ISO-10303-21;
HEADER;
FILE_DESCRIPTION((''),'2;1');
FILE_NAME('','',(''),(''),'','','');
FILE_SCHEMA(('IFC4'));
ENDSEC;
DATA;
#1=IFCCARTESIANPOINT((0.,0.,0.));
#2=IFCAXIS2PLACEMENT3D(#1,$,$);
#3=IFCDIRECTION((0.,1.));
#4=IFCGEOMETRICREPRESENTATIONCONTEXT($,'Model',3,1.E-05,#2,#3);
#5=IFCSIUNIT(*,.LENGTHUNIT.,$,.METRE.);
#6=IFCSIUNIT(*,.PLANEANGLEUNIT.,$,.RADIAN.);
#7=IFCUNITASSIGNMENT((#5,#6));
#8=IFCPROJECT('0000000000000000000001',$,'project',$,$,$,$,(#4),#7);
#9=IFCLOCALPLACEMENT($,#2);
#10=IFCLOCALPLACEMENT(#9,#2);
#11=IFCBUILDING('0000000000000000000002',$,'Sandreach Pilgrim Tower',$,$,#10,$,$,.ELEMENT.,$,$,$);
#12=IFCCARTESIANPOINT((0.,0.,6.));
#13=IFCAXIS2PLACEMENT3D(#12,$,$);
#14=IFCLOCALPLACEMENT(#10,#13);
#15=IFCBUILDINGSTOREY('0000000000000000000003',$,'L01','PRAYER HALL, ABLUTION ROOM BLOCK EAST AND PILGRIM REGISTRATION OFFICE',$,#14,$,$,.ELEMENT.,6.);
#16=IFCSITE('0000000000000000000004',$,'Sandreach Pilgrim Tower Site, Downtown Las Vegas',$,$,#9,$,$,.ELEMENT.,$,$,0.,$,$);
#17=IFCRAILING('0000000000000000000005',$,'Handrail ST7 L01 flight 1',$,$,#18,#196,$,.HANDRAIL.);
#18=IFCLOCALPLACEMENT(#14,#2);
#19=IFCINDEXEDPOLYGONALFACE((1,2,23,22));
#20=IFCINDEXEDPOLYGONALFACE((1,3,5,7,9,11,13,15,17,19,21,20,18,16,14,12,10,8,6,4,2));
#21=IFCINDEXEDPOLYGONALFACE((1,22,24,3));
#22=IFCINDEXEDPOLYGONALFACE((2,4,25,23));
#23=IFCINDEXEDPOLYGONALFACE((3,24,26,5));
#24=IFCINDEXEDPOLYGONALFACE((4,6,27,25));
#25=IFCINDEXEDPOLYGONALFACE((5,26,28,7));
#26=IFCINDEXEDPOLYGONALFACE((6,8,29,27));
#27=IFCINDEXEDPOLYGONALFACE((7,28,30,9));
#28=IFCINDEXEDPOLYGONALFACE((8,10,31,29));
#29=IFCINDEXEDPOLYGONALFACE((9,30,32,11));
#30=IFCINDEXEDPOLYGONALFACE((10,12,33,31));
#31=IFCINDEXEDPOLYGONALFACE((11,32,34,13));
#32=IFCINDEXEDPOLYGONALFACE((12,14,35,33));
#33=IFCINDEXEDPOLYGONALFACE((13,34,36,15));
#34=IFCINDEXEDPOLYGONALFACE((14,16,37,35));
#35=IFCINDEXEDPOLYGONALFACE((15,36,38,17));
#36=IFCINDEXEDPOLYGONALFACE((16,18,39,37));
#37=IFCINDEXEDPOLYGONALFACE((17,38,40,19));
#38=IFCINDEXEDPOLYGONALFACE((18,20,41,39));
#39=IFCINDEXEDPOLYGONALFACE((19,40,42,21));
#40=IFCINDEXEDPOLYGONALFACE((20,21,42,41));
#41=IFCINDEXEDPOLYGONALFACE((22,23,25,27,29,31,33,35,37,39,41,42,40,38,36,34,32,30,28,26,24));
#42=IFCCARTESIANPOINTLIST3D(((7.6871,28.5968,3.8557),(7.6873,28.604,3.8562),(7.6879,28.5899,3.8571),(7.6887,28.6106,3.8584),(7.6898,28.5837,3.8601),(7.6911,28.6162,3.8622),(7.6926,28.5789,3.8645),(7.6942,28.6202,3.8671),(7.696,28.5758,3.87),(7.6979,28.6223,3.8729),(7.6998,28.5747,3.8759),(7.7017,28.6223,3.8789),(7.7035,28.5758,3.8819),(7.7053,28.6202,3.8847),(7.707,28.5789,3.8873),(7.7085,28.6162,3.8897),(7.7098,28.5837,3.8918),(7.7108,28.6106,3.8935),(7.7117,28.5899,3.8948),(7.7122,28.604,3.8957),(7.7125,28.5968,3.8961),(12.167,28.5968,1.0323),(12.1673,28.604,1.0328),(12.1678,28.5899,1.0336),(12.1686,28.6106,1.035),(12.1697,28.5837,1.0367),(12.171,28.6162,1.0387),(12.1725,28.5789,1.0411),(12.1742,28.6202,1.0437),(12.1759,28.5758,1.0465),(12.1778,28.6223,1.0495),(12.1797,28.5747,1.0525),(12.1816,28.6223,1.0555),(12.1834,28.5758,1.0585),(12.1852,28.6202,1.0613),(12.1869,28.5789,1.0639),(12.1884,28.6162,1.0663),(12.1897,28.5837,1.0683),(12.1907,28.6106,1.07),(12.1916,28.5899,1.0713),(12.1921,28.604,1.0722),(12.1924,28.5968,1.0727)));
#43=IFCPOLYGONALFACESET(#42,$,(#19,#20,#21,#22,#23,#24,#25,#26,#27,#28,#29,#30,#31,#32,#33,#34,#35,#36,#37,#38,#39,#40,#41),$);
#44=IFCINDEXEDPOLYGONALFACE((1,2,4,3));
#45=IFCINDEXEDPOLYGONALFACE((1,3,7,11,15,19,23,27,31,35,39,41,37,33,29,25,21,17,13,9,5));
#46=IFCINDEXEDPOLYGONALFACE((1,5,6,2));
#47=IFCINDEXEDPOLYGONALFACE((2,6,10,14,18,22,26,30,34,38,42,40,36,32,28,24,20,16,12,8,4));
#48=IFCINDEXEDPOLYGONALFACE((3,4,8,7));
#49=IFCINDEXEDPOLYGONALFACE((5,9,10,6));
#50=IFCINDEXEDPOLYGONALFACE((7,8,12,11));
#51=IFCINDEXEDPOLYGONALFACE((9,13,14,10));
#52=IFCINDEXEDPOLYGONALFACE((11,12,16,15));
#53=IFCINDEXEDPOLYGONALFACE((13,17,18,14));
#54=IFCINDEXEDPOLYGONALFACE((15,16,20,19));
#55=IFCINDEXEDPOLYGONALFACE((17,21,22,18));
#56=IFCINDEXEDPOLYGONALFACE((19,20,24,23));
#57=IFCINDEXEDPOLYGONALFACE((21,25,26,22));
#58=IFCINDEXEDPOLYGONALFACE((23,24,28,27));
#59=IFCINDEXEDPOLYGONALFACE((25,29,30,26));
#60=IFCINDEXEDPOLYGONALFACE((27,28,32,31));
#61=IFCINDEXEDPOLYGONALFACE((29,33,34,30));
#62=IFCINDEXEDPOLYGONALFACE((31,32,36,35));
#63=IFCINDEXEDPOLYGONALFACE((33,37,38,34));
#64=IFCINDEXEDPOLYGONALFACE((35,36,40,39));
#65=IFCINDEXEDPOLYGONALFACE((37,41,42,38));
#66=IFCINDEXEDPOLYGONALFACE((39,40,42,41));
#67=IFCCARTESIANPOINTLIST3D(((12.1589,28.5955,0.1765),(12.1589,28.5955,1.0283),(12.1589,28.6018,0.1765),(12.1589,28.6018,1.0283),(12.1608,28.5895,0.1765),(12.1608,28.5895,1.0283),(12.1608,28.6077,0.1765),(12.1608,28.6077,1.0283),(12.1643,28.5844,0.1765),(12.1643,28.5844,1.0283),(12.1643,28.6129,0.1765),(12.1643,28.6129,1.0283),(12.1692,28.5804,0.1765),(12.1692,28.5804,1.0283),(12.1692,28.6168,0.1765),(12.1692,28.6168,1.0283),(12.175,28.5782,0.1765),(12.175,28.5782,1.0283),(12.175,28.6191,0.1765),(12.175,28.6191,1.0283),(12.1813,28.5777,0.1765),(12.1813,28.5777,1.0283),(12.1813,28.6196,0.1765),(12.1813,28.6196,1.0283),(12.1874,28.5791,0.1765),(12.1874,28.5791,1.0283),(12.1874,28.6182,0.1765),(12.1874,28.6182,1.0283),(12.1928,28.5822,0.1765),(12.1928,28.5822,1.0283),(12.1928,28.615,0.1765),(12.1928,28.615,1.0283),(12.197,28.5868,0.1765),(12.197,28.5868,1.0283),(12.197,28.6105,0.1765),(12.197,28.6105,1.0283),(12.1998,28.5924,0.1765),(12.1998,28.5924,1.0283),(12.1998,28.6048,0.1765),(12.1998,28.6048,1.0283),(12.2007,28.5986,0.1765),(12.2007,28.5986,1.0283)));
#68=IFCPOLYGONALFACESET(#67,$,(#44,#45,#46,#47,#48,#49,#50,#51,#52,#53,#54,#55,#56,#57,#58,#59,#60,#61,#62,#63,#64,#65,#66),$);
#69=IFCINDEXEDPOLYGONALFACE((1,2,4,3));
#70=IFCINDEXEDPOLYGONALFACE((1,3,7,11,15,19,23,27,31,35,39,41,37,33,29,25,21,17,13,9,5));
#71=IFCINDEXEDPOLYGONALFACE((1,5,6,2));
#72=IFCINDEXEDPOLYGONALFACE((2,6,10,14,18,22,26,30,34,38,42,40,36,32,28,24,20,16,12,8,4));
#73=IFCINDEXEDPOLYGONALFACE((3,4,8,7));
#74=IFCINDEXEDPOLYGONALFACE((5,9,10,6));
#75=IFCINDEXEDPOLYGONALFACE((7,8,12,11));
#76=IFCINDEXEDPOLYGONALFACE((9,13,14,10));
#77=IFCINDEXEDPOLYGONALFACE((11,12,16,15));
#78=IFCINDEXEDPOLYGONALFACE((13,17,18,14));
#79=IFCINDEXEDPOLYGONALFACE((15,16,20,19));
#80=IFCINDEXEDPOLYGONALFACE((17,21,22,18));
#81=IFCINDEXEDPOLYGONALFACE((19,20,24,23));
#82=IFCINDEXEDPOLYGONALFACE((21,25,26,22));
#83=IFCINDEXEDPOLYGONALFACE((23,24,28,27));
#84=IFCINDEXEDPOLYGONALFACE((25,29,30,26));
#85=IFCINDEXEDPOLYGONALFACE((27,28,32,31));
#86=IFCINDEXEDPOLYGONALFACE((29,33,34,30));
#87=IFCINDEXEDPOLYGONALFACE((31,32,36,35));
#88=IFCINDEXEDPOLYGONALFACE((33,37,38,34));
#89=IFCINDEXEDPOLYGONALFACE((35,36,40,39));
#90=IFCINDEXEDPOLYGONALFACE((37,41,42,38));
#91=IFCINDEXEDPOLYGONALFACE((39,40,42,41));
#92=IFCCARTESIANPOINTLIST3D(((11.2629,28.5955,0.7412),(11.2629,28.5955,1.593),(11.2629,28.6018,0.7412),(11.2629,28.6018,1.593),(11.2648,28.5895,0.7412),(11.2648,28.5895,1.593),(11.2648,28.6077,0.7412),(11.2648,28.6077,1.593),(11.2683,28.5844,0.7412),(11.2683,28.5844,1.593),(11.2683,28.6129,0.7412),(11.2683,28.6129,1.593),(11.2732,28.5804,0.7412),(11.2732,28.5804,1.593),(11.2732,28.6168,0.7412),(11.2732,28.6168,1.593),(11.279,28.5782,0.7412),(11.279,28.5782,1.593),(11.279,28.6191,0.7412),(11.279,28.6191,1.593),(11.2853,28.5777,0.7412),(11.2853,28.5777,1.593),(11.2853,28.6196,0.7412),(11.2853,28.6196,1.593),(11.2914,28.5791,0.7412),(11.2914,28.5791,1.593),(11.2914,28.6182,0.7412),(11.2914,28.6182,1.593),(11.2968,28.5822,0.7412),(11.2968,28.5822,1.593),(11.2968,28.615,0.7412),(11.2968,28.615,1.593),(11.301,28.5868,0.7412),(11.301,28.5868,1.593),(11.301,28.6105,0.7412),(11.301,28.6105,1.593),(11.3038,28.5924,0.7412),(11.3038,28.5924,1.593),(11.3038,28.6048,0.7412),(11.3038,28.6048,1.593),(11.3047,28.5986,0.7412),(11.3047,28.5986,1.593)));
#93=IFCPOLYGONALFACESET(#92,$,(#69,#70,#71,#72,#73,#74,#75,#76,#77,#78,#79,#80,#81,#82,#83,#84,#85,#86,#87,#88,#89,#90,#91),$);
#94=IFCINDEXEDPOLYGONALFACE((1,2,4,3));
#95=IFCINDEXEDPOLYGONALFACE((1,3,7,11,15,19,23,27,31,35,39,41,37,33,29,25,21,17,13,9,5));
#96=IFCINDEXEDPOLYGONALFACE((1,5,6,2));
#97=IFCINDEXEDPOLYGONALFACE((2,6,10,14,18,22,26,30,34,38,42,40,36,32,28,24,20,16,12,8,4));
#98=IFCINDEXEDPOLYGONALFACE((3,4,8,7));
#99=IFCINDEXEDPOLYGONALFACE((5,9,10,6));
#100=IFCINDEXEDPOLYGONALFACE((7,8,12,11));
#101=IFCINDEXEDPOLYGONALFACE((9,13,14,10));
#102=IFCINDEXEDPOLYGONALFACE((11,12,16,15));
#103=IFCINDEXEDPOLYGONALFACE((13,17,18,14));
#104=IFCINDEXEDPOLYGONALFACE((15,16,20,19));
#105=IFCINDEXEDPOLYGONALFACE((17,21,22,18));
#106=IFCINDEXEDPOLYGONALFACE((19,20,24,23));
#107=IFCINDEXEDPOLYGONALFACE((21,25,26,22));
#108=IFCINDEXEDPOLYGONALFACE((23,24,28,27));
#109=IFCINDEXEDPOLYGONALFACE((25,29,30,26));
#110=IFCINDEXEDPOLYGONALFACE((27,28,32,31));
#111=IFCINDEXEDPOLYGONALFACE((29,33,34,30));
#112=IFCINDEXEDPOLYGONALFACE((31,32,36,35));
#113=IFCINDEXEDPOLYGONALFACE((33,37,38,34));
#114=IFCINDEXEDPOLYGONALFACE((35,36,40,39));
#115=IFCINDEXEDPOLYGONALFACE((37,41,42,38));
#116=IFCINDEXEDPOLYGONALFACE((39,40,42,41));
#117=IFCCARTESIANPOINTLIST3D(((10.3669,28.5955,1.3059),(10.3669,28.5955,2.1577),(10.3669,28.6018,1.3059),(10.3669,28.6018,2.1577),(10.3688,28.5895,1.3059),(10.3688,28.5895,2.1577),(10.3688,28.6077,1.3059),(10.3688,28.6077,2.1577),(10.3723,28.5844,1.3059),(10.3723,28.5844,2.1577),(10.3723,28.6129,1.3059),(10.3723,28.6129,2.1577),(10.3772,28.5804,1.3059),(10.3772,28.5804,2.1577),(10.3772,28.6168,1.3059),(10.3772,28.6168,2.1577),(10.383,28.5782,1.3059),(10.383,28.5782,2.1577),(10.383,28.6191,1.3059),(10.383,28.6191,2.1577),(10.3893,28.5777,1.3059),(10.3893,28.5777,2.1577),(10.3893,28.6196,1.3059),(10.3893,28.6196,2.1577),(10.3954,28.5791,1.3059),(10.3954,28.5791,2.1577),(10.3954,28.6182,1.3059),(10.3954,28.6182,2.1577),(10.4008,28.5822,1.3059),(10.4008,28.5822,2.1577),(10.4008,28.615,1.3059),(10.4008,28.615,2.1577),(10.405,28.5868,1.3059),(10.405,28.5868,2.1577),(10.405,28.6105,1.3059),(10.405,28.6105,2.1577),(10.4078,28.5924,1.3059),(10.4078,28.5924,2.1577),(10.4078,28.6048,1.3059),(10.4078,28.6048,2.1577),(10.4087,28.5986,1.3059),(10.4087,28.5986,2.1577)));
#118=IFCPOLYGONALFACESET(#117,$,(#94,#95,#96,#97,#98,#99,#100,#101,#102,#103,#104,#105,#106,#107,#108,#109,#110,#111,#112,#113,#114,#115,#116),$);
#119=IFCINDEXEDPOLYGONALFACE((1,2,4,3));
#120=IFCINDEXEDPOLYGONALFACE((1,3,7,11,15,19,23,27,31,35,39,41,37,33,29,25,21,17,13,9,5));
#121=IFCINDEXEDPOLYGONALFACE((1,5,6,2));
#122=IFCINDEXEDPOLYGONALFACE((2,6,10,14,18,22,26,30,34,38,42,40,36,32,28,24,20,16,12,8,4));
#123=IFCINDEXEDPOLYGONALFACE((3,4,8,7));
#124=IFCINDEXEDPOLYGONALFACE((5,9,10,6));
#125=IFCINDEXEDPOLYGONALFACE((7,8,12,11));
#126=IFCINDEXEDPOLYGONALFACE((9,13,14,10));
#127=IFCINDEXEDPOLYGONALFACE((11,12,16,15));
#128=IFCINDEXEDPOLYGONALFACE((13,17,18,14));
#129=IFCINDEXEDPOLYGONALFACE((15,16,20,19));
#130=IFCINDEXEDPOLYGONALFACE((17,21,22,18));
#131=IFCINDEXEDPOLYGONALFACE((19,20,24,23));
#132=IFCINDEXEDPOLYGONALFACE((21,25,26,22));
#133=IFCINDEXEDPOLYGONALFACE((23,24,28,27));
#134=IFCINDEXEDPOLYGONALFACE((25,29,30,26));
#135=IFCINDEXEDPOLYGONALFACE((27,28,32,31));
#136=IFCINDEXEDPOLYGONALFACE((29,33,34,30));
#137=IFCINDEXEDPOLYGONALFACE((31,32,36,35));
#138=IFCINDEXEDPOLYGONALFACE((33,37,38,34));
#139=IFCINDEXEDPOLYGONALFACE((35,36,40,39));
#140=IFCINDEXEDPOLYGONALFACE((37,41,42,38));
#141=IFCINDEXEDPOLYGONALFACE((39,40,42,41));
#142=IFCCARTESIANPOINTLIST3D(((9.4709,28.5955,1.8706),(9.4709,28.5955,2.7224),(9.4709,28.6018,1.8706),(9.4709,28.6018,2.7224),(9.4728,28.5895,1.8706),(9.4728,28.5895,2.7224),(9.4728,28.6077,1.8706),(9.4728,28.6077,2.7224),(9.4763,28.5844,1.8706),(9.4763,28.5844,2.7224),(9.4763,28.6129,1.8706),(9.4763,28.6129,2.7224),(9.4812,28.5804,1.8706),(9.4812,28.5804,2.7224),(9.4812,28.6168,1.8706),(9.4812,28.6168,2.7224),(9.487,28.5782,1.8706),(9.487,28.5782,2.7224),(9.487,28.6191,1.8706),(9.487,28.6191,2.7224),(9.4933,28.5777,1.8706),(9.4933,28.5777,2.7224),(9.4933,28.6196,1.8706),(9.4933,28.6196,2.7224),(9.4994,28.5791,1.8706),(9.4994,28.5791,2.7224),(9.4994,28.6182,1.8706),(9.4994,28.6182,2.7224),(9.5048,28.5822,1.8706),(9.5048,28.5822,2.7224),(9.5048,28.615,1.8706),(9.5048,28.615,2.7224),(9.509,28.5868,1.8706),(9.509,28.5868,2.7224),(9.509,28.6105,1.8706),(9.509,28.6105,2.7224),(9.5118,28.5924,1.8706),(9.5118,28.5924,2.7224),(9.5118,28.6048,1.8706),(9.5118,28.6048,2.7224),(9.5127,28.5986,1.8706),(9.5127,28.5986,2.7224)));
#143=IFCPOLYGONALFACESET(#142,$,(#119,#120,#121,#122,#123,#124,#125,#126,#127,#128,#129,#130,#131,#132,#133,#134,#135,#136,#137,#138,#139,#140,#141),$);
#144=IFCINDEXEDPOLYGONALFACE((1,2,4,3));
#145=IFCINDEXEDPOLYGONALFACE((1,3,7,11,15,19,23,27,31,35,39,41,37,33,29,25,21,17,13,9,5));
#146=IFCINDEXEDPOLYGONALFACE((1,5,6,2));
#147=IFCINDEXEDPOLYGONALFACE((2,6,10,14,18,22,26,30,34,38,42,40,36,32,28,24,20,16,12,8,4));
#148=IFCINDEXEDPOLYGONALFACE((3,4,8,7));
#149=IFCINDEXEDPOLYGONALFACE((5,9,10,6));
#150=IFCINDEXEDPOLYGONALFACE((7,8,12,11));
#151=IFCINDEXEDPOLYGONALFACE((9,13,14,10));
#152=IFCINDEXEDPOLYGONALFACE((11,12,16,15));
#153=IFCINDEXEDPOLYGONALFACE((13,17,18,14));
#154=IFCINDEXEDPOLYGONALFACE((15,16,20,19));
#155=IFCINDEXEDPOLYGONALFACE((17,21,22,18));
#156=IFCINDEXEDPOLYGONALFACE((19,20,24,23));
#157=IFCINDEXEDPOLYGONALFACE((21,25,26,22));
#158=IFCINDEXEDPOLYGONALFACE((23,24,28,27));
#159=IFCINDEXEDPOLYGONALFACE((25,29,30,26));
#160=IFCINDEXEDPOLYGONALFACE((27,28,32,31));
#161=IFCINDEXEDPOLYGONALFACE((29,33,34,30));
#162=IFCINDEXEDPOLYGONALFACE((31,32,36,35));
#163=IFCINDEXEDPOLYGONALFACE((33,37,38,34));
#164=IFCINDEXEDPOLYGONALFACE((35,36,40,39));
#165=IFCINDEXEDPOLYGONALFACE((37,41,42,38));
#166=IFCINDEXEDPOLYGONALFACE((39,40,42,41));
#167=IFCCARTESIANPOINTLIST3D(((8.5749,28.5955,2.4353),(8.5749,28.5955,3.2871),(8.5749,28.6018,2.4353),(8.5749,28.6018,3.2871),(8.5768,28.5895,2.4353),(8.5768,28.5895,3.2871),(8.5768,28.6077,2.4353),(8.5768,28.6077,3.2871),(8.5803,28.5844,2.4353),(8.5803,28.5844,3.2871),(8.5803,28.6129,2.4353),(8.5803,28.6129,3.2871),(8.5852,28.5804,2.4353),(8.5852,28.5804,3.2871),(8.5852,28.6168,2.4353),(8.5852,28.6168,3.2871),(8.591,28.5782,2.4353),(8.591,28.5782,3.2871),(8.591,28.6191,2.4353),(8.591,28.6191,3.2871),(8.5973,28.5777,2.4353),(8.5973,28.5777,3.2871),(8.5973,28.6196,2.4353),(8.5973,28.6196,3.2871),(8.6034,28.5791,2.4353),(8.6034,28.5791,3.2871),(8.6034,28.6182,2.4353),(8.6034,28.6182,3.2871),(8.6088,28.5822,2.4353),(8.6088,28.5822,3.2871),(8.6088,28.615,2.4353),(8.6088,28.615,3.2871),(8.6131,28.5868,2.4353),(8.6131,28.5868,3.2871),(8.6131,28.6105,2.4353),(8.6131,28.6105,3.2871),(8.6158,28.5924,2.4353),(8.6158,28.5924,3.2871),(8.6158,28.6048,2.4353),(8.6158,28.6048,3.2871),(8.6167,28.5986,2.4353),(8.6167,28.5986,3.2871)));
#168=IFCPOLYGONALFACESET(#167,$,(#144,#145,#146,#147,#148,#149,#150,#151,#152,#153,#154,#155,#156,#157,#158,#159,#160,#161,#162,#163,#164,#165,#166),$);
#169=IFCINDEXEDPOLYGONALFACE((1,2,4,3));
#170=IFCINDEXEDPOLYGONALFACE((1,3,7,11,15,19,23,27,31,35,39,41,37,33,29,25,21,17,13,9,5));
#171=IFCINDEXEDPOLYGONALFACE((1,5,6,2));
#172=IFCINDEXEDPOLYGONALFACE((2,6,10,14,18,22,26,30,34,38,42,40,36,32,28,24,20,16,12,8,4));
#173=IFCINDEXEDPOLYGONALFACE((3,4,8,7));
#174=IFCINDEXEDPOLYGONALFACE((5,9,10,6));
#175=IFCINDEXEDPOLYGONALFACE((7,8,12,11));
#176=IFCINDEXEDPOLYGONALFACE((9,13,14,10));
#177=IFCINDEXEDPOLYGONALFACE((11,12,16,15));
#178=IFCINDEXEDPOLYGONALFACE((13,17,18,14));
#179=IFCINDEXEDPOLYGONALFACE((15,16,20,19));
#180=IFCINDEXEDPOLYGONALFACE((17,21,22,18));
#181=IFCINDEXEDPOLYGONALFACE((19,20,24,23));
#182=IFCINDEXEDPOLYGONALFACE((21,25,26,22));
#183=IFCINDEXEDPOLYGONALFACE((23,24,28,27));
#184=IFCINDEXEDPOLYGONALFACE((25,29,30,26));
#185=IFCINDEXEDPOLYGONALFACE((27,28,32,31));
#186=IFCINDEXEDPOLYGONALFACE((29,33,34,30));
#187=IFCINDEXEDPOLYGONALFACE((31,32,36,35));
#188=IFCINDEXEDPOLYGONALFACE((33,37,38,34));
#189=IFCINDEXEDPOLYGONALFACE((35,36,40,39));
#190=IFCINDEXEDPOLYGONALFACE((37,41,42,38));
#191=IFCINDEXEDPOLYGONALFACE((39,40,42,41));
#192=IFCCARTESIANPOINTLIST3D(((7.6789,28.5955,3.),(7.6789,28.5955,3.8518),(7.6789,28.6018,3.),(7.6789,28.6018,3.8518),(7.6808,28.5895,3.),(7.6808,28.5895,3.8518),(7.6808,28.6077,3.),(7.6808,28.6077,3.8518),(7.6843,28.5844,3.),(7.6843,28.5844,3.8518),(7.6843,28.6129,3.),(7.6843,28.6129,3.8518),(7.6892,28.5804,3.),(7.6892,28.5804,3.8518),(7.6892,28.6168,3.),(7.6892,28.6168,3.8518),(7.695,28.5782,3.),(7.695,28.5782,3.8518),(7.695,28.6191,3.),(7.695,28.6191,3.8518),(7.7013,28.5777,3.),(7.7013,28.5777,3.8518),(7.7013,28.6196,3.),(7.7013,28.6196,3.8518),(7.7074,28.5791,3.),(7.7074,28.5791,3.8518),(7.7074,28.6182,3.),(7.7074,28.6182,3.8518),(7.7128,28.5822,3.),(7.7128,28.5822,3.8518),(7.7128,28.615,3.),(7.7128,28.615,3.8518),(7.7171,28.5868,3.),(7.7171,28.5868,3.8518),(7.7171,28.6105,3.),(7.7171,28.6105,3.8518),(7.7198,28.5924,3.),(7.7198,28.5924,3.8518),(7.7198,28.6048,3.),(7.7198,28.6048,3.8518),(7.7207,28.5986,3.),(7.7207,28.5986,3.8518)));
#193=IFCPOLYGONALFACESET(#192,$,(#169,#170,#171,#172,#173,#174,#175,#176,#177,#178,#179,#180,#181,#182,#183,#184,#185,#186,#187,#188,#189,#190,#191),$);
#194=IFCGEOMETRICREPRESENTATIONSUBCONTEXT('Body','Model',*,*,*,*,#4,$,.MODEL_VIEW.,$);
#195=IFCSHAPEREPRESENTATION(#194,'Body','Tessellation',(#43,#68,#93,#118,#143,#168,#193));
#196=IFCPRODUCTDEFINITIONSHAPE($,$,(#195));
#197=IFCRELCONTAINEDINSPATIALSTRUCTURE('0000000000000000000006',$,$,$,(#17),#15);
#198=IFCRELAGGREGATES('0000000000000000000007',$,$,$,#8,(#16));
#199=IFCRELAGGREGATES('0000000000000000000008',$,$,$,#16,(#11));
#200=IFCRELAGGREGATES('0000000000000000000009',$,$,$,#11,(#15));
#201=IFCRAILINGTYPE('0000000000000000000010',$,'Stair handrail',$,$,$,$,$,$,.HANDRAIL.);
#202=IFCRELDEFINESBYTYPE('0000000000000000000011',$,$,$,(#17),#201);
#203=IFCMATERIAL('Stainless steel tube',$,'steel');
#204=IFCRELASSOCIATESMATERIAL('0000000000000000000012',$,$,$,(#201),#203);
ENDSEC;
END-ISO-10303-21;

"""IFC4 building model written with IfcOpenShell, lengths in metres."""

from ifc_helpers import new_model, si_unit, direction, frame, origin, origin_2d, place, context, subcontext, project, spatial, circle, extrude, material, type_object, element, save


model = new_model("IFC4")

# Units and contexts
model_context = context("Model", 3, precision=1e-05, world=origin(), true_north=direction((0.0, 1.0)))
body_context = subcontext(model_context, "Body", "Model", "MODEL_VIEW")
ifc_project = project(units=[si_unit("LENGTHUNIT", "METRE"), si_unit("PLANEANGLEUNIT", "RADIAN")], contexts=[model_context])

# Site, building, storey
site_placement = place(None, origin())
site = spatial("IfcSite", under=ifc_project, at=site_placement, Name="Sandreach Pilgrim Tower Site, Downtown Las Vegas", CompositionType="ELEMENT", RefElevation=0.0)
building_placement = place(site_placement, origin())
building = spatial("IfcBuilding", under=site, at=building_placement, Name="Sandreach Pilgrim Tower", CompositionType="ELEMENT")
storey_placement = place(building_placement, frame((0.0, 0.0, 6.0)))
storey = spatial("IfcBuildingStorey", under=building, at=storey_placement, Name="L01", Description="PRAYER HALL, ABLUTION ROOM BLOCK EAST AND PILGRIM REGISTRATION OFFICE", CompositionType="ELEMENT", Elevation=6.0)

# Railing
ifc_material_1 = material(Name="Stainless steel tube", Category="steel")
railing_type = type_object("IfcRailingType", Name="Stair handrail", PredefinedType="HANDRAIL", material=ifc_material_1)
for number, where, name in (
    (1, (12.1797, 28.5986, 0.1765), "Handrail ST7 L01 flight 1"),
):
    element("IfcRailing", number, at=place(storey_placement, frame(where)), inside=storey, type_object=railing_type, Name=name, PredefinedType="HANDRAIL", context=body_context, shape_type="SweptSolid", body=[
        extrude(circle(Radius=0.0239, at=origin_2d()), frame((0.0, 0.0, 0.876), z_axis=(-0.845998, 0.0, 0.533186), x_axis=(0.0, -1.0, 0.0)), (0.0, 0.0, 1.0), 5.2954),
        extrude(circle(Radius=0.021, at=origin_2d()), origin(), (0.0, 0.0, 1.0), 0.8518),
        extrude(circle(Radius=0.021, at=origin_2d()), frame((-0.896, 0.0, 0.5647)), (0.0, 0.0, 1.0), 0.8518),
        extrude(circle(Radius=0.021, at=origin_2d()), frame((-1.792, 0.0, 1.1294)), (0.0, 0.0, 1.0), 0.8518),
        extrude(circle(Radius=0.021, at=origin_2d()), frame((-2.688, 0.0, 1.6941)), (0.0, 0.0, 1.0), 0.8518),
        extrude(circle(Radius=0.021, at=origin_2d()), frame((-3.584, 0.0, 2.2588)), (0.0, 0.0, 1.0), 0.8518),
        extrude(circle(Radius=0.021, at=origin_2d()), frame((-4.48, 0.0, 2.8235)), (0.0, 0.0, 1.0), 0.8518),
    ])

save(model, "model.ifc")
